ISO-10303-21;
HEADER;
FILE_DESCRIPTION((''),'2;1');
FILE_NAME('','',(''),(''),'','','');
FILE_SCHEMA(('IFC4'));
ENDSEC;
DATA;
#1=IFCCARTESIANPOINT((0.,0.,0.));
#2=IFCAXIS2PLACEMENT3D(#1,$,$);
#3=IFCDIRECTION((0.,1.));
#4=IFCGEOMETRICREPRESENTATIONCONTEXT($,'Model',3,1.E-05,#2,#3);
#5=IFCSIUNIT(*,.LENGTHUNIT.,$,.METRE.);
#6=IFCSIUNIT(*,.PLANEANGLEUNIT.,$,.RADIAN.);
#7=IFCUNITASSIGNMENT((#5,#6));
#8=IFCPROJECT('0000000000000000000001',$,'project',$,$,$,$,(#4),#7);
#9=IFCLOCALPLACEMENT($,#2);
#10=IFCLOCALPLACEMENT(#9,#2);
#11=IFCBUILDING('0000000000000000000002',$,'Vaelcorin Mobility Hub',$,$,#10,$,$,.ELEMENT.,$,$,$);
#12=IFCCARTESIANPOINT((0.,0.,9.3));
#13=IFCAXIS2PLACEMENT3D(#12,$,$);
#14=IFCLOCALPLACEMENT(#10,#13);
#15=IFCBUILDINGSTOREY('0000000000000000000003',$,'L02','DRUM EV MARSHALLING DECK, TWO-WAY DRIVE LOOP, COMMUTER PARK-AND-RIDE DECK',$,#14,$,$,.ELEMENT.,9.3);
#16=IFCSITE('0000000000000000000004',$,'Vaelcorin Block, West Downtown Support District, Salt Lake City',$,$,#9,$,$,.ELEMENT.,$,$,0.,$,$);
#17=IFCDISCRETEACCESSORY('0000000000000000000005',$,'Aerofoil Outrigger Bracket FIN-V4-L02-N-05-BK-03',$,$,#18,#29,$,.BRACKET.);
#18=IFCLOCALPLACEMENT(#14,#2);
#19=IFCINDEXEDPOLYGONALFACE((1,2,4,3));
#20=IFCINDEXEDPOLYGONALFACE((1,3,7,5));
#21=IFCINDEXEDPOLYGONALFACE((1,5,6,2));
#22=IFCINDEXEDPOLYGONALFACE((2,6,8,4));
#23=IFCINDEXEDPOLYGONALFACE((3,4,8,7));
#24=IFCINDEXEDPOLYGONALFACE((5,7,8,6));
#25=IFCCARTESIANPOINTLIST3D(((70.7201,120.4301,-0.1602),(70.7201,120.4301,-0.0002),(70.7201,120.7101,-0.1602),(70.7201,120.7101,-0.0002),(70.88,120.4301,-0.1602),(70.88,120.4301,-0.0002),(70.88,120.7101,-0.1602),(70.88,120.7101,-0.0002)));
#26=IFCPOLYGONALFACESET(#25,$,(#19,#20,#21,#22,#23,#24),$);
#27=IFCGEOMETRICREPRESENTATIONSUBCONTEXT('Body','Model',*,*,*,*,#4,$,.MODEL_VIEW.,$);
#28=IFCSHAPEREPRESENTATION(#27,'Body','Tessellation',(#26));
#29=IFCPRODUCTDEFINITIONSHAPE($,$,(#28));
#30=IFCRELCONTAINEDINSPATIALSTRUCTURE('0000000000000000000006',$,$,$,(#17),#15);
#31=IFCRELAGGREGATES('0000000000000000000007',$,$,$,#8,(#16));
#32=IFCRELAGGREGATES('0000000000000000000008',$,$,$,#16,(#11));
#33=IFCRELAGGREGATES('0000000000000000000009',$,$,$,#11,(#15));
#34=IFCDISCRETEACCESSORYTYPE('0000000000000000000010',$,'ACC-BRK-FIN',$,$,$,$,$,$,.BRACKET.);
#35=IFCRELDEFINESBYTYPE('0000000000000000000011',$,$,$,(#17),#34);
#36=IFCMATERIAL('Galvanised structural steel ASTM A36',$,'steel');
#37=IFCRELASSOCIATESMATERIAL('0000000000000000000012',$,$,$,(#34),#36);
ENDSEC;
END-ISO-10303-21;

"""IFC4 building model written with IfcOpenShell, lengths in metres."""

from ifc_helpers import new_model, si_unit, direction, frame, origin, origin_2d, place, context, subcontext, project, spatial, rectangle, extrude, material, type_object, element, save


model = new_model("IFC4")

# Units and contexts
model_context = context("Model", 3, precision=1e-05, world=origin(), true_north=direction((0.0, 1.0)))
body_context = subcontext(model_context, "Body", "Model", "MODEL_VIEW")
ifc_project = project(units=[si_unit("LENGTHUNIT", "METRE"), si_unit("PLANEANGLEUNIT", "RADIAN")], contexts=[model_context])

# Site, building, storey
site_placement = place(None, origin())
site = spatial("IfcSite", under=ifc_project, at=site_placement, Name="Vaelcorin Block, West Downtown Support District, Salt Lake City", CompositionType="ELEMENT", RefElevation=0.0)
building_placement = place(site_placement, origin())
building = spatial("IfcBuilding", under=site, at=building_placement, Name="Vaelcorin Mobility Hub", CompositionType="ELEMENT")
storey_placement = place(building_placement, frame((0.0, 0.0, 9.3)))
storey = spatial("IfcBuildingStorey", under=building, at=storey_placement, Name="L02", Description="DRUM EV MARSHALLING DECK, TWO-WAY DRIVE LOOP, COMMUTER PARK-AND-RIDE DECK", CompositionType="ELEMENT", Elevation=9.3)

# Shared definitions
ifc_material_1 = material(Name="Galvanised structural steel ASTM A36", Category="steel")

# Discrete accessory
discrete_accessory_type = type_object("IfcDiscreteAccessoryType", Name="ACC-BRK-FIN", PredefinedType="BRACKET", material=ifc_material_1)
for number, where, z_axis, x_axis, name in (
    (1, (70.8, 120.5701, -0.1602), (0.0, 0.0, 1.0), (0.0, 1.0, 0.0), "Aerofoil Outrigger Bracket FIN-V4-L02-N-05-BK-03"),
):
    element("IfcDiscreteAccessory", number, at=place(storey_placement, frame(where, z_axis=z_axis, x_axis=x_axis)), inside=storey, type_object=discrete_accessory_type, Name=name, PredefinedType="BRACKET", context=body_context, shape_type="SweptSolid", body=[
        extrude(rectangle(XDim=0.28, YDim=0.1599, at=origin_2d()), origin(), (0.0, 0.0, 1.0), 0.1599),
    ])

save(model, "model.ifc")
